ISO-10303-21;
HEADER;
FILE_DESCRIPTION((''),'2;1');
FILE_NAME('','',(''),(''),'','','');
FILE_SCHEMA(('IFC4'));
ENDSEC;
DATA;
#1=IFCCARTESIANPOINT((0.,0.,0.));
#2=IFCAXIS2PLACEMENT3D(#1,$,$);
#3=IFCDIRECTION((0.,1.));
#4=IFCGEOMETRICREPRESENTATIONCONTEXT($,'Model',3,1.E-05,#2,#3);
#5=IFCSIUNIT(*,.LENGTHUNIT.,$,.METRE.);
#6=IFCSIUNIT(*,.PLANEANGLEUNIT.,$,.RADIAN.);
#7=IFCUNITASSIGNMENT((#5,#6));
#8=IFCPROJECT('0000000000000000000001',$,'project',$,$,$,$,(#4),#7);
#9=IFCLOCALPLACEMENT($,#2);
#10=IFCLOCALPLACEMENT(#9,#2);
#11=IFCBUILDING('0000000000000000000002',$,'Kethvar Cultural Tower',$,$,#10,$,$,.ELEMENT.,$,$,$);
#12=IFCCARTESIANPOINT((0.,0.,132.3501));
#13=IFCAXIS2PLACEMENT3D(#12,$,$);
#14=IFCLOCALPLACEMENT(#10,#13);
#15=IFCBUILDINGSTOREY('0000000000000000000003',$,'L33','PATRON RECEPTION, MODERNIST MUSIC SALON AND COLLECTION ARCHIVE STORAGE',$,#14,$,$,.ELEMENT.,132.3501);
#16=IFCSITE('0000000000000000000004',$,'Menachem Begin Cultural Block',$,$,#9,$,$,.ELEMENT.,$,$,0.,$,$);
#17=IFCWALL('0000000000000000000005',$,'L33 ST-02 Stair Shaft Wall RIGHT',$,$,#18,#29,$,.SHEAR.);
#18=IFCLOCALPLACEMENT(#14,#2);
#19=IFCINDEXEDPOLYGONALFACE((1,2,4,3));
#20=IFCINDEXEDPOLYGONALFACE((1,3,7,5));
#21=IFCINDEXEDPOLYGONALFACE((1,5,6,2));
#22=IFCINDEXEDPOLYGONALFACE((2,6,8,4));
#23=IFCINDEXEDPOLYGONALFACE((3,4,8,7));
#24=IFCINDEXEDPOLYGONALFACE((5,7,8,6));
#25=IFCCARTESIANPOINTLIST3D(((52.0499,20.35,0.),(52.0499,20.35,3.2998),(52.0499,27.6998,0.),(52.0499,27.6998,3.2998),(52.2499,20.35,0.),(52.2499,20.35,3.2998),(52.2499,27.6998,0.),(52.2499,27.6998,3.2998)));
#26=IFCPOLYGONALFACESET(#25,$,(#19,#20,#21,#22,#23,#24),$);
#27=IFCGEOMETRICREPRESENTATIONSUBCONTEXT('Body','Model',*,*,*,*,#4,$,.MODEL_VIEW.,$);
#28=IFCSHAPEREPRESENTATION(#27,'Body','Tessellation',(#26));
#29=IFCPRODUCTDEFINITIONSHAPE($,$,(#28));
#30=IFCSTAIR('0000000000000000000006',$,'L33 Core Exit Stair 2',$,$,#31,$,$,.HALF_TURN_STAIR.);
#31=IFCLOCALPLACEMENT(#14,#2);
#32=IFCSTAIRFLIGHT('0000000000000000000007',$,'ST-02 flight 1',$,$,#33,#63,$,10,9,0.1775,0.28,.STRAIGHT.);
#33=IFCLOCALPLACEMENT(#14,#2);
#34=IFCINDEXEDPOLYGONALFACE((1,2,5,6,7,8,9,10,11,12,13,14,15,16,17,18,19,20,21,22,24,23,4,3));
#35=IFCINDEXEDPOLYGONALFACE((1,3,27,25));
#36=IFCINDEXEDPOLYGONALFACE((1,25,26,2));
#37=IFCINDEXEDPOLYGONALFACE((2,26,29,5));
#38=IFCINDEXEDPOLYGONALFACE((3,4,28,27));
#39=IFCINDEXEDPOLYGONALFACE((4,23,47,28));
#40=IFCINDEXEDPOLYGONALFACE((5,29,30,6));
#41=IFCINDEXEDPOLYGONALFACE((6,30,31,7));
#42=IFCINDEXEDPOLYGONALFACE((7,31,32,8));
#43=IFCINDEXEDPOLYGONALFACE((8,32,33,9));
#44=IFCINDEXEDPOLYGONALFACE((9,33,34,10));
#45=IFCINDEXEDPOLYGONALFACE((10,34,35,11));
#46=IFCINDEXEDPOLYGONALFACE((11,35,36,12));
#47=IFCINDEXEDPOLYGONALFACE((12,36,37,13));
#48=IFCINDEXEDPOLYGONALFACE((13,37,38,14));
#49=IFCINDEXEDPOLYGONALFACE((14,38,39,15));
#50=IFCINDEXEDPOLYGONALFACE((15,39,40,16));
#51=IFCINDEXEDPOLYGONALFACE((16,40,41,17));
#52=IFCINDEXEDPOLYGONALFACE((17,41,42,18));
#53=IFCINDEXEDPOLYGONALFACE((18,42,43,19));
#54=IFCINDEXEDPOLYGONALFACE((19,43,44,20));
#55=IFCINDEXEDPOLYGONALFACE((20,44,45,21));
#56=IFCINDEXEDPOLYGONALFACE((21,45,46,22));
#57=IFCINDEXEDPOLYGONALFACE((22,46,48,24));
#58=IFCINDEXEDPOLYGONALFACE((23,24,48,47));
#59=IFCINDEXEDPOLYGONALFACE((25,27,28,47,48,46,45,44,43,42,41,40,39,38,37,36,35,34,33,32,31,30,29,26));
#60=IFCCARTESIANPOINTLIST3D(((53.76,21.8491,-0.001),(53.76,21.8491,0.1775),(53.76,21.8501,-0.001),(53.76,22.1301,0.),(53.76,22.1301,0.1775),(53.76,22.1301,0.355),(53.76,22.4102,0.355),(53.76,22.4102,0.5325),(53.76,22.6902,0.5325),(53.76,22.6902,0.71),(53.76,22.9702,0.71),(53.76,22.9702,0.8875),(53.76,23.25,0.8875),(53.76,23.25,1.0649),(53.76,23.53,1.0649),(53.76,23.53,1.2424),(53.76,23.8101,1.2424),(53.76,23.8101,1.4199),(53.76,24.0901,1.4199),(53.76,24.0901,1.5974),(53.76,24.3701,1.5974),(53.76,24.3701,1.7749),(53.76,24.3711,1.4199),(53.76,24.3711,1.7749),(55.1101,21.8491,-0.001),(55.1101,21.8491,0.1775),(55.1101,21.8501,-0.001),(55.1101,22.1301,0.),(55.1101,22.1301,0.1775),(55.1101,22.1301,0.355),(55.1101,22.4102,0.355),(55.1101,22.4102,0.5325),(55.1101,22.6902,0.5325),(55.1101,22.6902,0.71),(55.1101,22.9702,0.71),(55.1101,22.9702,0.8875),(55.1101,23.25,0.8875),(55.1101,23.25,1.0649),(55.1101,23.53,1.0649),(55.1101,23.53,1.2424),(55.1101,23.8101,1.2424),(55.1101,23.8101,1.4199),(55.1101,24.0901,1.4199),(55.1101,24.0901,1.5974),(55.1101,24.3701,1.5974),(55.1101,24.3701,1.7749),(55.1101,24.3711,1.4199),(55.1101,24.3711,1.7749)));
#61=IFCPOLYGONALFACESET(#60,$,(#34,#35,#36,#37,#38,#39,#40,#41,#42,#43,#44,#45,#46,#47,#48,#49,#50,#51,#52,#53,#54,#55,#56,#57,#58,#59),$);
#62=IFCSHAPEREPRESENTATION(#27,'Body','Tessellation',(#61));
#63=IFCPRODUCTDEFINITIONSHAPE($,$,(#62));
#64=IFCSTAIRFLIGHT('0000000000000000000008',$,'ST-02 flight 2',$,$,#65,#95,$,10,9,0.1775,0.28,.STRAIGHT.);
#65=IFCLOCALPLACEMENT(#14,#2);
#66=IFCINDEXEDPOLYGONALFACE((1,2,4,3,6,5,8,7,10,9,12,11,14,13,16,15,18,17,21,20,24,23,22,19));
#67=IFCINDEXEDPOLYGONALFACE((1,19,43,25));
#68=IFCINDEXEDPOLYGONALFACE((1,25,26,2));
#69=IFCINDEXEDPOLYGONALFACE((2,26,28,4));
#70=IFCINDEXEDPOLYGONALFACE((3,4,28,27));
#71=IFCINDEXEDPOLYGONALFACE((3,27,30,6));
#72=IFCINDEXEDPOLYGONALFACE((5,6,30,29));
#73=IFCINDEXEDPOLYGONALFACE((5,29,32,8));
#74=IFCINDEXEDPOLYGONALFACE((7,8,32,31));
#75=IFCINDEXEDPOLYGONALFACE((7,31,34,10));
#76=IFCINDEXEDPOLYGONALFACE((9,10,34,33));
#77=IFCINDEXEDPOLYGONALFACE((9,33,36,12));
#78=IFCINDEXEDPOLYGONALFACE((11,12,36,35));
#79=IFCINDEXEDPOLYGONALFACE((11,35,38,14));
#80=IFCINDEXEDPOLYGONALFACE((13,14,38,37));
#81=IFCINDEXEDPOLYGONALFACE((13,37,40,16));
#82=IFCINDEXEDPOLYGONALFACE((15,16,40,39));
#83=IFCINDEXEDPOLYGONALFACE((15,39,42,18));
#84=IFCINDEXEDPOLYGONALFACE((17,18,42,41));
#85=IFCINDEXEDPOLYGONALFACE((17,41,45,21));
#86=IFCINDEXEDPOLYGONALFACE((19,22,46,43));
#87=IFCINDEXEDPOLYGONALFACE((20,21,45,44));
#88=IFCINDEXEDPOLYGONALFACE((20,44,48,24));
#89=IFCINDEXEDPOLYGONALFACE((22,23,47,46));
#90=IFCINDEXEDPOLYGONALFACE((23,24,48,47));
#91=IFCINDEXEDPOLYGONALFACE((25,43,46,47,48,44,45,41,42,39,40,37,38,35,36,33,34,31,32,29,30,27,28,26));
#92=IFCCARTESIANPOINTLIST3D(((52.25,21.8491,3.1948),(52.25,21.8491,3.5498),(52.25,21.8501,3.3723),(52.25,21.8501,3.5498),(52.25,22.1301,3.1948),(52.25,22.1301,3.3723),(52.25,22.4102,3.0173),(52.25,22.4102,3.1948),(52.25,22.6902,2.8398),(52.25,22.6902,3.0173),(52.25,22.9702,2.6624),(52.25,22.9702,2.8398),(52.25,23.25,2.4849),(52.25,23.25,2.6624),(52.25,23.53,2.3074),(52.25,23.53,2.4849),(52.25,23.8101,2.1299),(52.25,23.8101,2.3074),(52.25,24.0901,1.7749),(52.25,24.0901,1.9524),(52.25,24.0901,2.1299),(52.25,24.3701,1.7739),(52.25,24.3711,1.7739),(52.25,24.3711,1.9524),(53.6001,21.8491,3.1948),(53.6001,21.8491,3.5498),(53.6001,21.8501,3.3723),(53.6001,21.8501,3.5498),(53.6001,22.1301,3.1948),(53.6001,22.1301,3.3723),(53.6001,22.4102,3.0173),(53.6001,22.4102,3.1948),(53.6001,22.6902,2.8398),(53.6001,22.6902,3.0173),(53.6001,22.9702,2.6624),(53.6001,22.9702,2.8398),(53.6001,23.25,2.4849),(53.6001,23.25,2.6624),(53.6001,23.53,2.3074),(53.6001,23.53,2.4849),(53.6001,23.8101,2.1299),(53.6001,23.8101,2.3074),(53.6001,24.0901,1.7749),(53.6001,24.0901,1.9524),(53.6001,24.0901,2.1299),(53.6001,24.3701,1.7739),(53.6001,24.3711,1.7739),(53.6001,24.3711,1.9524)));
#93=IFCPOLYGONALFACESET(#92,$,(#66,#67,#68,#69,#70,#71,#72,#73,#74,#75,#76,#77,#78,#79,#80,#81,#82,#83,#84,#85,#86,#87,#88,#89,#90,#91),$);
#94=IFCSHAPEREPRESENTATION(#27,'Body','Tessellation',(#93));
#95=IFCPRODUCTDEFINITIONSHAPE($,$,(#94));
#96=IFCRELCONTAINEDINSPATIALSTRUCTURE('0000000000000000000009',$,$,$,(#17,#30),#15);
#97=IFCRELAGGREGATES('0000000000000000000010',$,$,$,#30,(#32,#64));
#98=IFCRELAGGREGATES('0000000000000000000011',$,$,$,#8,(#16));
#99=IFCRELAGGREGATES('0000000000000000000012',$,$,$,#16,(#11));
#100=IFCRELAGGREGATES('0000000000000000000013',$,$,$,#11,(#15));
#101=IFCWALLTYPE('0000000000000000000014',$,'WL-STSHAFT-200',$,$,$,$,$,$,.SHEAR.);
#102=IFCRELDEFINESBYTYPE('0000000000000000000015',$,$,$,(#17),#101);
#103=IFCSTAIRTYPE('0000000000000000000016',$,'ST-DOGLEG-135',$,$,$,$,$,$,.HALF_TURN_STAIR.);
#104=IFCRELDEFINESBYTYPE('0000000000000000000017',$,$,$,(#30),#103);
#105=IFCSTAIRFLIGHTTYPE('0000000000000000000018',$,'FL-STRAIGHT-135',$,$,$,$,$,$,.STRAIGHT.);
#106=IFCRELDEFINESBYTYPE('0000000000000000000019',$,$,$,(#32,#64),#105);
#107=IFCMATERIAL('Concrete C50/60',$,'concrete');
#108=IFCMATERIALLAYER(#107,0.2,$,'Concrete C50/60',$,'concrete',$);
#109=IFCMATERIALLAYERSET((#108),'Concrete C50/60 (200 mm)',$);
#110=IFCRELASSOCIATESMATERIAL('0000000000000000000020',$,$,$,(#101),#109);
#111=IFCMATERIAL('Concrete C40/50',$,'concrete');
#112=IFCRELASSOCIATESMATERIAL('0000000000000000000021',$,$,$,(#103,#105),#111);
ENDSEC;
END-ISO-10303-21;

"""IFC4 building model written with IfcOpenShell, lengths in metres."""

from ifc_helpers import new_model, si_unit, direction, frame, frame_2d, origin, place, context, subcontext, project, spatial, polyline, rectangle, outline, extrude, material, layer, layer_set, type_object, element, aggregate, save


model = new_model("IFC4")

# Units and contexts
model_context = context("Model", 3, precision=1e-05, world=origin(), true_north=direction((0.0, 1.0)))
body_context = subcontext(model_context, "Body", "Model", "MODEL_VIEW")
ifc_project = project(units=[si_unit("LENGTHUNIT", "METRE"), si_unit("PLANEANGLEUNIT", "RADIAN")], contexts=[model_context])

# Site, building, storey
site_placement = place(None, origin())
site = spatial("IfcSite", under=ifc_project, at=site_placement, Name="Menachem Begin Cultural Block", CompositionType="ELEMENT", RefElevation=0.0)
building_placement = place(site_placement, origin())
building = spatial("IfcBuilding", under=site, at=building_placement, Name="Kethvar Cultural Tower", CompositionType="ELEMENT")
storey_placement = place(building_placement, frame((0.0, 0.0, 132.3501)))
storey = spatial("IfcBuildingStorey", under=building, at=storey_placement, Name="L33", Description="PATRON RECEPTION, MODERNIST MUSIC SALON AND COLLECTION ARCHIVE STORAGE", CompositionType="ELEMENT", Elevation=132.3501)

# Shared definitions
ifc_material_1 = material(Name="Concrete C50/60", Category="concrete")

# Wall
ifc_layer_1 = layer(ifc_material_1, 0.2, Name="Concrete C50/60", Category="concrete")
ifc_layer_set_1 = layer_set([ifc_layer_1], Name="Concrete C50/60 (200 mm)")
wall_type_1 = type_object("IfcWallType", Name="WL-STSHAFT-200", PredefinedType="SHEAR", material=ifc_layer_set_1)
wall_1_placement = place(storey_placement, frame((52.1499, 20.3501, 0.0), z_axis=(0.0, 0.0, 1.0), x_axis=(0.0, 1.0, 0.0)))
element("IfcWall", 1, at=wall_1_placement, inside=storey, type_object=wall_type_1, Name="L33 ST-02 Stair Shaft Wall RIGHT", PredefinedType="SHEAR", context=body_context, shape_type="SweptSolid", body=[
    extrude(rectangle(XDim=7.3499, YDim=0.2, at=frame_2d((3.6748, 0.0))), origin(), (0.0, 0.0, 1.0), 3.2998),
])

# Stair, stair flights
ifc_material_2 = material(Name="Concrete C40/50", Category="concrete")
stair_type = type_object("IfcStairType", Name="ST-DOGLEG-135", PredefinedType="HALF_TURN_STAIR", material=ifc_material_2)
stair_placement = place(storey_placement, origin())
stair = element("IfcStair", 2, at=stair_placement, inside=storey, type_object=stair_type, Name="L33 Core Exit Stair 2", PredefinedType="HALF_TURN_STAIR")
stair_flight_type = type_object("IfcStairFlightType", Name="FL-STRAIGHT-135", PredefinedType="STRAIGHT", material=ifc_material_2)
stair_flight_1_placement = place(storey_placement, frame((54.4351, 21.8501, 0.0), z_axis=(0.0, 0.0, 1.0), x_axis=(0.0, 1.0, 0.0)))
stair_flight_1 = element("IfcStairFlight", 3, at=stair_flight_1_placement, type_object=stair_flight_type, Name="ST-02 flight 1", NumberOfRisers=10, NumberOfTreads=9, PredefinedType="STRAIGHT", RiserHeight=0.1775, TreadLength=0.28, context=body_context, shape_type="SweptSolid", body=[
    extrude(outline(polyline([(-0.001, -0.001), (-0.001, 0.1775), (0.28, 0.1775), (0.28, 0.355), (0.5601, 0.355), (0.5601, 0.5325), (0.8401, 0.5325), (0.8401, 0.71), (1.1201, 0.71), (1.1201, 0.8875), (1.3999, 0.8875), (1.3999, 1.0649), (1.6799, 1.0649), (1.6799, 1.2424), (1.96, 1.2424), (1.96, 1.4199), (2.24, 1.4199), (2.24, 1.5974), (2.52, 1.5974), (2.52, 1.7749), (2.521, 1.7749), (2.521, 1.4199), (0.28, 0.0), (0.0, -0.001), (-0.001, -0.001)])), frame((0.0, 0.675, 0.0), z_axis=(0.0, -1.0, 0.0), x_axis=(1.0, 0.0, 0.0)), (0.0, 0.0, 1.0), 1.3501),
])
stair_flight_2_placement = place(storey_placement, frame((52.925, 24.3701, 1.7749), z_axis=(0.0, 0.0, 1.0), x_axis=(0.0, -1.0, 0.0)))
stair_flight_2 = element("IfcStairFlight", 4, at=stair_flight_2_placement, type_object=stair_flight_type, Name="ST-02 flight 2", NumberOfRisers=10, NumberOfTreads=9, PredefinedType="STRAIGHT", RiserHeight=0.1775, TreadLength=0.28, context=body_context, shape_type="SweptSolid", body=[
    extrude(outline(polyline([(-0.001, -0.001), (-0.001, 0.1775), (0.28, 0.1775), (0.28, 0.355), (0.5601, 0.355), (0.5601, 0.5325), (0.8401, 0.5325), (0.8401, 0.71), (1.1201, 0.71), (1.1201, 0.8875), (1.3999, 0.8875), (1.3999, 1.0649), (1.6799, 1.0649), (1.6799, 1.2424), (1.96, 1.2424), (1.96, 1.4199), (2.24, 1.4199), (2.24, 1.5974), (2.52, 1.5974), (2.52, 1.7749), (2.521, 1.7749), (2.521, 1.4199), (0.28, 0.0), (0.0, -0.001), (-0.001, -0.001)])), frame((0.0, 0.675, 0.0), z_axis=(0.0, -1.0, 0.0), x_axis=(1.0, 0.0, 0.0)), (0.0, 0.0, 1.0), 1.3501),
])
aggregate(stair, [stair_flight_1, stair_flight_2])

save(model, "model.ifc")
